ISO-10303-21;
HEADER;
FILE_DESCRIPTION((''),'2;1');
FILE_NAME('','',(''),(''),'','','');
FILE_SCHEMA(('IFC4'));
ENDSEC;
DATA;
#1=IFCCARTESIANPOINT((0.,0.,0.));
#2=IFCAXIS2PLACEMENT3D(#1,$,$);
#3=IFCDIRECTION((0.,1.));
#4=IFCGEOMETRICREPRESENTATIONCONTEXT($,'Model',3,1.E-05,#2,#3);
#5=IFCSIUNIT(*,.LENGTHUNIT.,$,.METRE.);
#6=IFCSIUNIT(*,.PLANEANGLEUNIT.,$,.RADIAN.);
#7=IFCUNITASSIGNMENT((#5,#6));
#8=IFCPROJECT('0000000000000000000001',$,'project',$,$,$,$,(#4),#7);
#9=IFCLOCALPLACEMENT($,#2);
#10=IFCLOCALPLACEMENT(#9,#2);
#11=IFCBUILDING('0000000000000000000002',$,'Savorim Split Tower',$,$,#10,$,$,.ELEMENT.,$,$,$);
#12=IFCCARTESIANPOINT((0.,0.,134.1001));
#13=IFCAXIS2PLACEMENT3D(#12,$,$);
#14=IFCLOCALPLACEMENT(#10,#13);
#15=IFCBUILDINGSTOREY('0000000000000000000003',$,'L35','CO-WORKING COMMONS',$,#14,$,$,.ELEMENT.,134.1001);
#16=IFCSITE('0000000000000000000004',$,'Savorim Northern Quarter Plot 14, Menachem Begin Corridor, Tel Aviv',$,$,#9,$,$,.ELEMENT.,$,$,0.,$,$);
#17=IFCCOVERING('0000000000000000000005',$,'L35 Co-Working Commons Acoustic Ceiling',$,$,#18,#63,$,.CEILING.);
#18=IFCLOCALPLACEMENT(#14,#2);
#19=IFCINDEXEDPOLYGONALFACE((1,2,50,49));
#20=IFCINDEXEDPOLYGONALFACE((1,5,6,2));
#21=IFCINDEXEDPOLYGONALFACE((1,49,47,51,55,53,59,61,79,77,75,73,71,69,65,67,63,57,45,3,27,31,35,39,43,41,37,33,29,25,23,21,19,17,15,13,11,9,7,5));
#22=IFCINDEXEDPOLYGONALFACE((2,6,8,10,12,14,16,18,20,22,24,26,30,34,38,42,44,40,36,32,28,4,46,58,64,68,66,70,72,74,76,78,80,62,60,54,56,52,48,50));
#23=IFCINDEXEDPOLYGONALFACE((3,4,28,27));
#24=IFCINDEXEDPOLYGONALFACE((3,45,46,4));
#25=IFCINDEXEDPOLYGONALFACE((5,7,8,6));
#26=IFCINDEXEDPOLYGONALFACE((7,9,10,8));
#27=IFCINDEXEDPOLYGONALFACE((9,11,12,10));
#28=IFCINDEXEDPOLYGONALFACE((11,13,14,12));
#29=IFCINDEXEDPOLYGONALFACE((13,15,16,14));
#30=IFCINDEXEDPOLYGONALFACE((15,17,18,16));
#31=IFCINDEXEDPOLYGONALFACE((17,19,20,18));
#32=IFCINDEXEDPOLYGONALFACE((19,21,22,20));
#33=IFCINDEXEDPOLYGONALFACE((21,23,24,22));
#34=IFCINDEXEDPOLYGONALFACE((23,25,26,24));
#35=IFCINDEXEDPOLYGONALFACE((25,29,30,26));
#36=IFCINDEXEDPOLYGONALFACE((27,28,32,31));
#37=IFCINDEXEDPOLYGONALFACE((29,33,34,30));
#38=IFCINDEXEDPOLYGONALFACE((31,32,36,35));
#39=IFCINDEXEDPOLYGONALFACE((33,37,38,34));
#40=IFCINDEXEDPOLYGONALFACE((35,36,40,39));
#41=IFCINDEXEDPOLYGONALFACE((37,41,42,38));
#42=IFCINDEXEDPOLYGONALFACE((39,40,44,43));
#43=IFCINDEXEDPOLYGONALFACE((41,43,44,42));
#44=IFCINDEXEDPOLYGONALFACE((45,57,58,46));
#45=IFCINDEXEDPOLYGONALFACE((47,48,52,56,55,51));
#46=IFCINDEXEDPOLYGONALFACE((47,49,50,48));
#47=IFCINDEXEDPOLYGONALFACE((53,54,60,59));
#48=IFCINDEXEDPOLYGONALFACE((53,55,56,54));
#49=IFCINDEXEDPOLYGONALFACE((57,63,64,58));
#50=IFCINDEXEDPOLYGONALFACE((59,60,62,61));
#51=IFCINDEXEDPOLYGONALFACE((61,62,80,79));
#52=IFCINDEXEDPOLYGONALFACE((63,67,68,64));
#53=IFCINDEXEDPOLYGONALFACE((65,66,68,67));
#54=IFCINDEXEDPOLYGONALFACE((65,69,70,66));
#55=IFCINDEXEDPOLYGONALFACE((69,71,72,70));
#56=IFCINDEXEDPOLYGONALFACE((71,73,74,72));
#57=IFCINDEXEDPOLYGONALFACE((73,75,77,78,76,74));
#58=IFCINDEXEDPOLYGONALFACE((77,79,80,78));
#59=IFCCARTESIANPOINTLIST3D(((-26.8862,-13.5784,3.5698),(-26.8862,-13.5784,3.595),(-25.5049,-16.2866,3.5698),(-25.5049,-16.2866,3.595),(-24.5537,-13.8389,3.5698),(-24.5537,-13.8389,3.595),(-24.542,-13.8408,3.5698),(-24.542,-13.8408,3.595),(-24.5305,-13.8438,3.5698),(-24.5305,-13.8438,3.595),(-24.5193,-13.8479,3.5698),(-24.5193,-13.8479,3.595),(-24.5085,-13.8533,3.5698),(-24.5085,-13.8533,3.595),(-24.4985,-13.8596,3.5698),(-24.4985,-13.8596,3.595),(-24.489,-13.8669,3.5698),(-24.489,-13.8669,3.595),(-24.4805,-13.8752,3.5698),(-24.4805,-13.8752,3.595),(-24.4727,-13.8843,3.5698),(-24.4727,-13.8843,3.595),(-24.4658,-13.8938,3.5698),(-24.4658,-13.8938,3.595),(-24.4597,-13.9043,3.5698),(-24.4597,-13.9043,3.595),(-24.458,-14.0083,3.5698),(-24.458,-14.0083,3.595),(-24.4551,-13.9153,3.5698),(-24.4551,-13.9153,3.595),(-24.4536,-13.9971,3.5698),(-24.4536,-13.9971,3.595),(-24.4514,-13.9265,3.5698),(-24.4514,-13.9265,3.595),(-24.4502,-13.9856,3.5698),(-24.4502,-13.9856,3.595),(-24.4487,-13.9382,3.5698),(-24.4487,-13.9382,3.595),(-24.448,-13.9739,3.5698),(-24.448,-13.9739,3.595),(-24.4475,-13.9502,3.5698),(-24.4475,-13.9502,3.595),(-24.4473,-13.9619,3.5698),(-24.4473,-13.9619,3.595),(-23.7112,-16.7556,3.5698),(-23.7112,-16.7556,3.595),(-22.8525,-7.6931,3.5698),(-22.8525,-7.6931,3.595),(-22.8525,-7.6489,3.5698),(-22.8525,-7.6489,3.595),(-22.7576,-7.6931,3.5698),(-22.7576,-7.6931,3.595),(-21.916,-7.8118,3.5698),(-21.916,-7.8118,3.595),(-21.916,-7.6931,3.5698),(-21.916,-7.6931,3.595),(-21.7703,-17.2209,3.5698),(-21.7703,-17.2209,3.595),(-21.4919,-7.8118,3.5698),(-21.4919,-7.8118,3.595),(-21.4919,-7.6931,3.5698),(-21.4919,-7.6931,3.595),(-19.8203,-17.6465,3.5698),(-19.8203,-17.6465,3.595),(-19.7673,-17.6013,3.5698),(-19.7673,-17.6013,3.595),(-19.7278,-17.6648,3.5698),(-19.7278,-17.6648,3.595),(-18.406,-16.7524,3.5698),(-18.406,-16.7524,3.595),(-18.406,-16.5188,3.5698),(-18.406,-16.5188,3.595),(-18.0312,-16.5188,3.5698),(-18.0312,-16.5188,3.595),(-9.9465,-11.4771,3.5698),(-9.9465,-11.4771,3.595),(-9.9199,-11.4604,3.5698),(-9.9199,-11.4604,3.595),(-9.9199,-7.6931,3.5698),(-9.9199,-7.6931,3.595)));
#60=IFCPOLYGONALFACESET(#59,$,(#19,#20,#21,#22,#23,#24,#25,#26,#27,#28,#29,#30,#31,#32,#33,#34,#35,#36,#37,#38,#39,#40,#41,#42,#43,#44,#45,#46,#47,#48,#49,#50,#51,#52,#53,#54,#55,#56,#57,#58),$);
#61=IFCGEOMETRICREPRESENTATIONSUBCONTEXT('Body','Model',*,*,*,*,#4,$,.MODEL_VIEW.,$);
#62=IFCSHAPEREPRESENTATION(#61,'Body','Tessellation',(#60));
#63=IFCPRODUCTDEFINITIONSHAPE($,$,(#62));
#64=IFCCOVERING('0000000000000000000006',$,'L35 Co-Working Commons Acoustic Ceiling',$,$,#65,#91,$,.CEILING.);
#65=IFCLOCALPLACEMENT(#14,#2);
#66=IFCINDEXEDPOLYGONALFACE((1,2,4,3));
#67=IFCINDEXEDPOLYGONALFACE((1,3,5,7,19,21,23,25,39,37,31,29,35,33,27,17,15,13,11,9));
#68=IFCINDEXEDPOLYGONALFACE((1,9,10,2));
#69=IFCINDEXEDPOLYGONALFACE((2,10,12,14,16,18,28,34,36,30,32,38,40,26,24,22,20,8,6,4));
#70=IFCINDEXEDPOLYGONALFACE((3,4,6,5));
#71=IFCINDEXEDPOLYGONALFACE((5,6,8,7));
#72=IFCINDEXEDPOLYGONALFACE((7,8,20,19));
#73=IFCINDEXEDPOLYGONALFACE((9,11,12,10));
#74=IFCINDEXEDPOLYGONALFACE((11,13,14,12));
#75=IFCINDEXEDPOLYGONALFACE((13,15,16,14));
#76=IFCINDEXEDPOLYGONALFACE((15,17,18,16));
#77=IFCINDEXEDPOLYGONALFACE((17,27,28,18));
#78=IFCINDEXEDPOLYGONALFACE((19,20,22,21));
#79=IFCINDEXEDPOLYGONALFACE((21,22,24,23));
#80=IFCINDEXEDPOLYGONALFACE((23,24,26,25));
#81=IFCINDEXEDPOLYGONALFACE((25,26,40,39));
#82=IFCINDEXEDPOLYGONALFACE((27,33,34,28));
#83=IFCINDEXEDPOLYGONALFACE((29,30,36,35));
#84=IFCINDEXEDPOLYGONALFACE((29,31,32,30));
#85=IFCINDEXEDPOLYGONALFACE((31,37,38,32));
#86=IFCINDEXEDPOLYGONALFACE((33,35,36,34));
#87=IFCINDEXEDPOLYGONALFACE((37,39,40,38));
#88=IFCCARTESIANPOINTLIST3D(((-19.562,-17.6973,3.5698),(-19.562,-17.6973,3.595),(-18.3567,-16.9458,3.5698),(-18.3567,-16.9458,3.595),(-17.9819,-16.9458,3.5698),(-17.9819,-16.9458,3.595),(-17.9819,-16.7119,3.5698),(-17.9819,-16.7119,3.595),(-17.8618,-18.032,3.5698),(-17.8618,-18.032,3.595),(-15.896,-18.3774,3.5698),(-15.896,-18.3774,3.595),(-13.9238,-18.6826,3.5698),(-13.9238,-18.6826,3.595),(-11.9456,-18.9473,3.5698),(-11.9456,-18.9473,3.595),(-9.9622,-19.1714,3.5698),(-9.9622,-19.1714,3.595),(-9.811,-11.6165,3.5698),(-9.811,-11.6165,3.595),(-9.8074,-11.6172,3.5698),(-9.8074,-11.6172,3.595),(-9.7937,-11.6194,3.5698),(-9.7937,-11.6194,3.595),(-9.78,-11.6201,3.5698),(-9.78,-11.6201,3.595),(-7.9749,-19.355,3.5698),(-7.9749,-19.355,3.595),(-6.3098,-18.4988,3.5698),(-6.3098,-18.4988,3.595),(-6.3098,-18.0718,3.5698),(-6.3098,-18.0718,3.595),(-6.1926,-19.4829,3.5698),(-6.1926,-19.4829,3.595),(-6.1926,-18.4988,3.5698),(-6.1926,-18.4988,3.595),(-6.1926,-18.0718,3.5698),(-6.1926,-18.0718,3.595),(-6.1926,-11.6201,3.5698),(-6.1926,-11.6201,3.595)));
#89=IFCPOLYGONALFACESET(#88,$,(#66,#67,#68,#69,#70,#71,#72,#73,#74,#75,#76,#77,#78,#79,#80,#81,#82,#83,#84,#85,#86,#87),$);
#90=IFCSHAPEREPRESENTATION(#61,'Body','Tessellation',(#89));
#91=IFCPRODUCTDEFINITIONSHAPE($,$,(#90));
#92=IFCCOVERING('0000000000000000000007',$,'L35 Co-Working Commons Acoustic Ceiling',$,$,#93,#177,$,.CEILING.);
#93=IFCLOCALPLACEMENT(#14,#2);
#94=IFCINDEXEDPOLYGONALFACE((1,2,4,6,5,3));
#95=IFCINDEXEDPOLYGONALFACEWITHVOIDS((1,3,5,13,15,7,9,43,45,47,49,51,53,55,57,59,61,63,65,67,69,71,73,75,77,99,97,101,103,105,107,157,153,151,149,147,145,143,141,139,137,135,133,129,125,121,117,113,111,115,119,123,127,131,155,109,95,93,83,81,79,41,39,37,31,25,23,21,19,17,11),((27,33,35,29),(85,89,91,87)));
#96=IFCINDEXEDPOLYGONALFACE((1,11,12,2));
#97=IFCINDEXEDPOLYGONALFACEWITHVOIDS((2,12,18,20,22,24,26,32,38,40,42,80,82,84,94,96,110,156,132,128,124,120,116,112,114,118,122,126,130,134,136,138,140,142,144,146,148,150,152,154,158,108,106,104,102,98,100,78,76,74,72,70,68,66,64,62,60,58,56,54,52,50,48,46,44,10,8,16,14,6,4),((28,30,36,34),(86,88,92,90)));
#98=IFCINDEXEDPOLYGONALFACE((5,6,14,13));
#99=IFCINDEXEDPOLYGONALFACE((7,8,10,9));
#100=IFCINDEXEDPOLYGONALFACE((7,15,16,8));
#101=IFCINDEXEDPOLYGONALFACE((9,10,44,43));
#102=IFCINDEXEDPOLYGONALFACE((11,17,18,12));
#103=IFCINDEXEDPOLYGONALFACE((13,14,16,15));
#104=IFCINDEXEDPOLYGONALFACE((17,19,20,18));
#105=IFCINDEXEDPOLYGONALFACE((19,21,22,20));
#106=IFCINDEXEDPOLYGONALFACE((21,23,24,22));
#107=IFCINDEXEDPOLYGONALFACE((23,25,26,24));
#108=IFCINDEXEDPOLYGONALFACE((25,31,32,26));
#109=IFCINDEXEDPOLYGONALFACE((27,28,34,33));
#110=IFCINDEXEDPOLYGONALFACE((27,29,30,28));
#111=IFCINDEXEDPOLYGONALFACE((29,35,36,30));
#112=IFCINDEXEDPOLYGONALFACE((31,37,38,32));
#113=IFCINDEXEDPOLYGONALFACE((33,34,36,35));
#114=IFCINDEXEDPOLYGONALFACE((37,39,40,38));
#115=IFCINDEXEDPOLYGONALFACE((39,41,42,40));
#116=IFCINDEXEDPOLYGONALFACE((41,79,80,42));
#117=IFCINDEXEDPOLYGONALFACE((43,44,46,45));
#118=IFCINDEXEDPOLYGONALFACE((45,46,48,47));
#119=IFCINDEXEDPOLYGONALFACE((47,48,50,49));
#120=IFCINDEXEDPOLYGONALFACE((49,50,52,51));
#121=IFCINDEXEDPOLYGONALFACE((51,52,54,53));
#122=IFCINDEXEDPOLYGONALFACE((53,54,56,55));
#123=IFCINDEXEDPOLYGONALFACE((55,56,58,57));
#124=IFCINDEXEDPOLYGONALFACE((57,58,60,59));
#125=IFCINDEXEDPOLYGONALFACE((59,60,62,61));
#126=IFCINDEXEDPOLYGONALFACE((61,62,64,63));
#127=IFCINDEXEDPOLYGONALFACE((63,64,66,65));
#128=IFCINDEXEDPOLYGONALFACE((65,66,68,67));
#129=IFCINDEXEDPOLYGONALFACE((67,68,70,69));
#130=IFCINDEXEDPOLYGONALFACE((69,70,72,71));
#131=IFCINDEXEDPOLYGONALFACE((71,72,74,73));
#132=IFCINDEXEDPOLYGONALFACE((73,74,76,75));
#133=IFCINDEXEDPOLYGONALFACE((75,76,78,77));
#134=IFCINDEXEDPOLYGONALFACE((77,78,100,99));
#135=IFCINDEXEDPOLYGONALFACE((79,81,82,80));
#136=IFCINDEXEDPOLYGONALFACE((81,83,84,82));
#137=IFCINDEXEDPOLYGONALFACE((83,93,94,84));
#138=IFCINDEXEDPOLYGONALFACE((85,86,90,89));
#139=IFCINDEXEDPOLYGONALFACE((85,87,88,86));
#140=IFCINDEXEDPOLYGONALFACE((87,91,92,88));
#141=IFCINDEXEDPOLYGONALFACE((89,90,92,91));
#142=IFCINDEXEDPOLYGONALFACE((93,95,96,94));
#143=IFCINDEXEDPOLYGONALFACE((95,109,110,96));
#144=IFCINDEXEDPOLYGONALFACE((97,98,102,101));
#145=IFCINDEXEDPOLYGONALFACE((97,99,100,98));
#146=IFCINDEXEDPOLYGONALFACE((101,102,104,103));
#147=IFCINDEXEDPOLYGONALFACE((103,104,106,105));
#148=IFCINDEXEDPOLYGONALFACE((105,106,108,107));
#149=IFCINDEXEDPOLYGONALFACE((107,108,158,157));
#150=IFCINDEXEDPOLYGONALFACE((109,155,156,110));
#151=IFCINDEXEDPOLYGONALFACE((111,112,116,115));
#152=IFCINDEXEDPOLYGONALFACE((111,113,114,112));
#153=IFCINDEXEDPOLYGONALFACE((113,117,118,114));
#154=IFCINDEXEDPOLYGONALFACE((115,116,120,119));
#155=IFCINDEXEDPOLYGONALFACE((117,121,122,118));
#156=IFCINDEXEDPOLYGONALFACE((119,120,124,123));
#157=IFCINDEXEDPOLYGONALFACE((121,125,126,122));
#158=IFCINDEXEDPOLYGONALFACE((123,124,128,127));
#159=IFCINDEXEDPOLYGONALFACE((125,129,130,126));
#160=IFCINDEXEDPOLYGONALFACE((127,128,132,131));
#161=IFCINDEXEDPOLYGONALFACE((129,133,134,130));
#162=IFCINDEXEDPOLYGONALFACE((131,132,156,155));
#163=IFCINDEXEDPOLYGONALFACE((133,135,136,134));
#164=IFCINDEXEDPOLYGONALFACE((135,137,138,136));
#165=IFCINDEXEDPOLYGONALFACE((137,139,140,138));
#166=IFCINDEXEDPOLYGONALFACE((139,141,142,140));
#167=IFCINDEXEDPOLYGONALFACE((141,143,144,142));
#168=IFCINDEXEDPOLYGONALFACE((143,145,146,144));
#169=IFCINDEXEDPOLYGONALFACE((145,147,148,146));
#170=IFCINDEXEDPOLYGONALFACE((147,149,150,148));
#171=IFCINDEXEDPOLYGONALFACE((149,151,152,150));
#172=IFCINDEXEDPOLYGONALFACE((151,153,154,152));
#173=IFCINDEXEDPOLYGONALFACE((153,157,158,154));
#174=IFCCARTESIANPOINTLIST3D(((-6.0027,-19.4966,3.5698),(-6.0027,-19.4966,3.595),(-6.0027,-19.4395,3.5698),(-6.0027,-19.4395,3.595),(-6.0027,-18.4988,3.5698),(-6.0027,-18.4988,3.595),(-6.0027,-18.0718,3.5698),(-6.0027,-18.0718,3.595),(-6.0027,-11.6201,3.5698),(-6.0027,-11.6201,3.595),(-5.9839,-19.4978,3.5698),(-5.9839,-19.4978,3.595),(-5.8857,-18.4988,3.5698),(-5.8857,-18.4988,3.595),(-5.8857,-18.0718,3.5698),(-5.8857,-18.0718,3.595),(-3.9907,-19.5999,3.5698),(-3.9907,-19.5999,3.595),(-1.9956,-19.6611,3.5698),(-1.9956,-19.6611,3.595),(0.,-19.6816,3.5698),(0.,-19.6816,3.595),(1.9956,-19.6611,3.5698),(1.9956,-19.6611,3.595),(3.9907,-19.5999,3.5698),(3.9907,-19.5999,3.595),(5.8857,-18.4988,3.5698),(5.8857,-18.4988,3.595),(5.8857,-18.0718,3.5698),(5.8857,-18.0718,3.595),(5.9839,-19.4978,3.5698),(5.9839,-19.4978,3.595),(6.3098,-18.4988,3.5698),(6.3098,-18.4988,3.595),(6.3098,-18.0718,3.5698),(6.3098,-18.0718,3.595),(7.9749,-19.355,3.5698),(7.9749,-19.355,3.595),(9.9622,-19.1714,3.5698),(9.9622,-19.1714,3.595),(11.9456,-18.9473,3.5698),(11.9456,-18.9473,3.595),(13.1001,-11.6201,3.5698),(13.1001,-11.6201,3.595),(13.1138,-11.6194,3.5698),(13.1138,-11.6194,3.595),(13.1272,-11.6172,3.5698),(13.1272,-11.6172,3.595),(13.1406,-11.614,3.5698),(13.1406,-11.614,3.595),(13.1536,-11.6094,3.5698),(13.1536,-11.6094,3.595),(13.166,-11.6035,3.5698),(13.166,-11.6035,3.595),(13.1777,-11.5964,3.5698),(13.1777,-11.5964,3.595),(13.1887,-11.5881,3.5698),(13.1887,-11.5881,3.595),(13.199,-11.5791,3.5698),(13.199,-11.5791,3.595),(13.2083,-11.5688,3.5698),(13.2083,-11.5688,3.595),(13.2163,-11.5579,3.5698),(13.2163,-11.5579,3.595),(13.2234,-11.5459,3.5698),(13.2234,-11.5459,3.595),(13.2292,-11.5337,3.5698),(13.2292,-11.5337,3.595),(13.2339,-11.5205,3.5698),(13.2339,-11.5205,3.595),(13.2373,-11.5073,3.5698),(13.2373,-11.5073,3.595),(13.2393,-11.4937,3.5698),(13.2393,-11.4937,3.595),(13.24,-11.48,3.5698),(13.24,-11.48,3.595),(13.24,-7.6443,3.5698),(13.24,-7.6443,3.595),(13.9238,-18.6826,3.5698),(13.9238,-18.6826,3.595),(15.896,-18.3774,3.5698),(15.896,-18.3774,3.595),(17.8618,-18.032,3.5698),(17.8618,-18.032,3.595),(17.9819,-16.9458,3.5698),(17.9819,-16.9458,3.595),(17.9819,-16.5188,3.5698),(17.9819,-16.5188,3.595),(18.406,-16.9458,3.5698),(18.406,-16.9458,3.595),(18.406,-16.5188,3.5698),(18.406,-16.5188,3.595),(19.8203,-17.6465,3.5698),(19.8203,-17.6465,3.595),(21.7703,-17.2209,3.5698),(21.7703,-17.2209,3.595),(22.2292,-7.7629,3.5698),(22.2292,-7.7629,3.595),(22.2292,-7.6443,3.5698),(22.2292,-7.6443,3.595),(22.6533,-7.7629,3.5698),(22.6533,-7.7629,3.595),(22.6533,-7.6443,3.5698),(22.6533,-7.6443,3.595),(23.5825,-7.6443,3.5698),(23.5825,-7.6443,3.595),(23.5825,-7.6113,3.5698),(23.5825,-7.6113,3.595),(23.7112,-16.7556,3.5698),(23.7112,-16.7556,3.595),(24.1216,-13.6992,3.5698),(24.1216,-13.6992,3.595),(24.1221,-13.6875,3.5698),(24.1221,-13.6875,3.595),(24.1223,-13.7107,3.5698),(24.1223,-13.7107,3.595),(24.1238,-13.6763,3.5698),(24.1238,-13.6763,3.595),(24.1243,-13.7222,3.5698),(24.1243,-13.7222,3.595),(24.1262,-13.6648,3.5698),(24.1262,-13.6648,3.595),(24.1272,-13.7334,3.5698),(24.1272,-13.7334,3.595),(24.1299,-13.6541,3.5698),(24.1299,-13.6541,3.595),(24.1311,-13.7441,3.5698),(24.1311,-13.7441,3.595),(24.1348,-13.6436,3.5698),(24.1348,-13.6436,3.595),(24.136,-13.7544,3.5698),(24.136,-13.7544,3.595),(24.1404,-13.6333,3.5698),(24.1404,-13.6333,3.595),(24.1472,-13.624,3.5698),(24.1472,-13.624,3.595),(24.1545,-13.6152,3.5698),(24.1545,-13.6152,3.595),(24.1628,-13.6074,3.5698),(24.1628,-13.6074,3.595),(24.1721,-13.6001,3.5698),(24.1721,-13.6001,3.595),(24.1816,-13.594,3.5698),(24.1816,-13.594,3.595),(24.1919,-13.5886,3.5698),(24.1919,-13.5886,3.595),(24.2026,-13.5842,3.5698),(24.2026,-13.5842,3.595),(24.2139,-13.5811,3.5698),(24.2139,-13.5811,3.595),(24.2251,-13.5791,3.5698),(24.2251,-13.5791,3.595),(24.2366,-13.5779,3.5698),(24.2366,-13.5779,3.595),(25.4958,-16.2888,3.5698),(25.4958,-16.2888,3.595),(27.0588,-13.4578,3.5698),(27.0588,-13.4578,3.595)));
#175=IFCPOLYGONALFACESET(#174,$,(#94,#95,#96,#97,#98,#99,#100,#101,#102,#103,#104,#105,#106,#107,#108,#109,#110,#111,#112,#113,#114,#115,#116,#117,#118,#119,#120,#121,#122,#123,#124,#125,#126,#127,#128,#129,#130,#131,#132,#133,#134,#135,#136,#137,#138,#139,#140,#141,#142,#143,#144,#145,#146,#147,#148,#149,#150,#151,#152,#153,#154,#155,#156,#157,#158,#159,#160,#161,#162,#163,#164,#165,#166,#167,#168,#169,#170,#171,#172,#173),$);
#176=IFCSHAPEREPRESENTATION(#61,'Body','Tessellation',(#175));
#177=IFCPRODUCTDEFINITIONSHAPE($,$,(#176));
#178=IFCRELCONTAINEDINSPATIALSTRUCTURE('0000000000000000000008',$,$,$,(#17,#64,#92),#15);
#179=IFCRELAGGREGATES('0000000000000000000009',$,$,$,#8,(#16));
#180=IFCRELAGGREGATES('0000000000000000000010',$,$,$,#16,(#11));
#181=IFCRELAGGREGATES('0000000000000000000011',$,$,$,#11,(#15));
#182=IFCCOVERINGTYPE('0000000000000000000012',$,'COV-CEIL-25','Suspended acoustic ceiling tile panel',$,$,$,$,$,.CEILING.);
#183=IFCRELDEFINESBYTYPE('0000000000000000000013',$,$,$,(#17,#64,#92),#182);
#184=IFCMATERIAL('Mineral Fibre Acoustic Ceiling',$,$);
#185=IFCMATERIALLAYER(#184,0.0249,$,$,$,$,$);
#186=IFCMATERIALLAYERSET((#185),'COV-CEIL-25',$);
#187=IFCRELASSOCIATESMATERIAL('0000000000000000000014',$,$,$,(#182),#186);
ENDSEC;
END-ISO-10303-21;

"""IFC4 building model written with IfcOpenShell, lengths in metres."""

from ifc_helpers import new_model, si_unit, direction, frame, origin, place, context, subcontext, project, spatial, polyline, outline, extrude, material, layer, layer_set, type_object, element, save


model = new_model("IFC4")

# Units and contexts
model_context = context("Model", 3, precision=1e-05, world=origin(), true_north=direction((0.0, 1.0)))
body_context = subcontext(model_context, "Body", "Model", "MODEL_VIEW")
ifc_project = project(units=[si_unit("LENGTHUNIT", "METRE"), si_unit("PLANEANGLEUNIT", "RADIAN")], contexts=[model_context])

# Site, building, storey
site_placement = place(None, origin())
site = spatial("IfcSite", under=ifc_project, at=site_placement, Name="Savorim Northern Quarter Plot 14, Menachem Begin Corridor, Tel Aviv", CompositionType="ELEMENT", RefElevation=0.0)
building_placement = place(site_placement, origin())
building = spatial("IfcBuilding", under=site, at=building_placement, Name="Savorim Split Tower", CompositionType="ELEMENT")
storey_placement = place(building_placement, frame((0.0, 0.0, 134.1001)))
storey = spatial("IfcBuildingStorey", under=building, at=storey_placement, Name="L35", Description="CO-WORKING COMMONS", CompositionType="ELEMENT", Elevation=134.1001)

# Coverings
ifc_material_1 = material(Name="Mineral Fibre Acoustic Ceiling")
ifc_layer_1 = layer(ifc_material_1, 0.0249)
ifc_layer_set_1 = layer_set([ifc_layer_1], Name="COV-CEIL-25")
covering_type_1 = type_object("IfcCoveringType", Name="COV-CEIL-25", Description="Suspended acoustic ceiling tile panel", PredefinedType="CEILING", material=ifc_layer_set_1)
covering_1_placement = place(storey_placement, frame((0.0, 0.0, 3.5698)))
element("IfcCovering", 1, at=covering_1_placement, inside=storey, type_object=covering_type_1, Name="L35 Co-Working Commons Acoustic Ceiling", PredefinedType="CEILING", context=body_context, shape_type="SweptSolid", body=[
    extrude(outline(polyline([(-24.4473, -13.9619), (-24.448, -13.9739), (-24.4502, -13.9856), (-24.4536, -13.9971), (-24.458, -14.0083), (-25.5049, -16.2866), (-23.7112, -16.7556), (-21.7703, -17.2209), (-19.8203, -17.6465), (-19.7278, -17.6648), (-19.7673, -17.6013), (-18.406, -16.7524), (-18.406, -16.5188), (-18.0312, -16.5188), (-9.9465, -11.4771), (-9.9199, -11.4604), (-9.9199, -7.6931), (-21.4919, -7.6931), (-21.4919, -7.8118), (-21.916, -7.8118), (-21.916, -7.6931), (-22.7576, -7.6931), (-22.8525, -7.6931), (-22.8525, -7.6489), (-26.8862, -13.5784), (-24.5537, -13.8389), (-24.542, -13.8408), (-24.5305, -13.8438), (-24.5193, -13.8479), (-24.5085, -13.8533), (-24.4985, -13.8596), (-24.489, -13.8669), (-24.4805, -13.8752), (-24.4727, -13.8843), (-24.4658, -13.8938), (-24.4597, -13.9043), (-24.4551, -13.9153), (-24.4514, -13.9265), (-24.4487, -13.9382), (-24.4475, -13.9502), (-24.4473, -13.9619)])), origin(), (0.0, 0.0, 1.0), 0.0251),
])
covering_2_placement = place(storey_placement, frame((0.0, 0.0, 3.5698)))
element("IfcCovering", 2, at=covering_2_placement, inside=storey, type_object=covering_type_1, Name="L35 Co-Working Commons Acoustic Ceiling", PredefinedType="CEILING", context=body_context, shape_type="SweptSolid", body=[
    extrude(outline(polyline([(-13.9238, -18.6826), (-11.9456, -18.9473), (-9.9622, -19.1714), (-7.9749, -19.355), (-6.1926, -19.4829), (-6.1926, -18.4988), (-6.3098, -18.4988), (-6.3098, -18.0718), (-6.1926, -18.0718), (-6.1926, -11.6201), (-9.78, -11.6201), (-9.7937, -11.6194), (-9.8074, -11.6172), (-9.811, -11.6165), (-17.9819, -16.7119), (-17.9819, -16.9458), (-18.3567, -16.9458), (-19.562, -17.6973), (-17.8618, -18.032), (-15.896, -18.3774), (-13.9238, -18.6826)])), origin(), (0.0, 0.0, 1.0), 0.0251),
])
covering_3_placement = place(storey_placement, frame((0.0, 0.0, 3.5698)))
element("IfcCovering", 3, at=covering_3_placement, inside=storey, type_object=covering_type_1, Name="L35 Co-Working Commons Acoustic Ceiling", PredefinedType="CEILING", context=body_context, shape_type="SweptSolid", body=[
    extrude(outline(polyline([(24.2139, -13.5811), (24.2251, -13.5791), (24.2366, -13.5779), (27.0588, -13.4578), (23.5825, -7.6113), (23.5825, -7.6443), (22.6533, -7.6443), (22.6533, -7.7629), (22.2292, -7.7629), (22.2292, -7.6443), (13.24, -7.6443), (13.24, -11.48), (13.2393, -11.4937), (13.2373, -11.5073), (13.2339, -11.5205), (13.2292, -11.5337), (13.2234, -11.5459), (13.2163, -11.5579), (13.2083, -11.5688), (13.199, -11.5791), (13.1887, -11.5881), (13.1777, -11.5964), (13.166, -11.6035), (13.1536, -11.6094), (13.1406, -11.614), (13.1272, -11.6172), (13.1138, -11.6194), (13.1001, -11.6201), (-6.0027, -11.6201), (-6.0027, -18.0718), (-5.8857, -18.0718), (-5.8857, -18.4988), (-6.0027, -18.4988), (-6.0027, -19.4395), (-6.0027, -19.4966), (-5.9839, -19.4978), (-3.9907, -19.5999), (-1.9956, -19.6611), (0.0, -19.6816), (1.9956, -19.6611), (3.9907, -19.5999), (5.9839, -19.4978), (7.9749, -19.355), (9.9622, -19.1714), (11.9456, -18.9473), (13.9238, -18.6826), (15.896, -18.3774), (17.8618, -18.032), (19.8203, -17.6465), (21.7703, -17.2209), (23.7112, -16.7556), (25.4958, -16.2888), (24.136, -13.7544), (24.1311, -13.7441), (24.1272, -13.7334), (24.1243, -13.7222), (24.1223, -13.7107), (24.1216, -13.6992), (24.1221, -13.6875), (24.1238, -13.6763), (24.1262, -13.6648), (24.1299, -13.6541), (24.1348, -13.6436), (24.1404, -13.6333), (24.1472, -13.624), (24.1545, -13.6152), (24.1628, -13.6074), (24.1721, -13.6001), (24.1816, -13.594), (24.1919, -13.5886), (24.2026, -13.5842), (24.2139, -13.5811)]), holes=[polyline([(5.8857, -18.4988), (6.3098, -18.4988), (6.3098, -18.0718), (5.8857, -18.0718), (5.8857, -18.4988)]), polyline([(18.406, -16.9458), (18.406, -16.5188), (17.9819, -16.5188), (17.9819, -16.9458), (18.406, -16.9458)])]), origin(), (0.0, 0.0, 1.0), 0.0251),
])

save(model, "model.ifc")
